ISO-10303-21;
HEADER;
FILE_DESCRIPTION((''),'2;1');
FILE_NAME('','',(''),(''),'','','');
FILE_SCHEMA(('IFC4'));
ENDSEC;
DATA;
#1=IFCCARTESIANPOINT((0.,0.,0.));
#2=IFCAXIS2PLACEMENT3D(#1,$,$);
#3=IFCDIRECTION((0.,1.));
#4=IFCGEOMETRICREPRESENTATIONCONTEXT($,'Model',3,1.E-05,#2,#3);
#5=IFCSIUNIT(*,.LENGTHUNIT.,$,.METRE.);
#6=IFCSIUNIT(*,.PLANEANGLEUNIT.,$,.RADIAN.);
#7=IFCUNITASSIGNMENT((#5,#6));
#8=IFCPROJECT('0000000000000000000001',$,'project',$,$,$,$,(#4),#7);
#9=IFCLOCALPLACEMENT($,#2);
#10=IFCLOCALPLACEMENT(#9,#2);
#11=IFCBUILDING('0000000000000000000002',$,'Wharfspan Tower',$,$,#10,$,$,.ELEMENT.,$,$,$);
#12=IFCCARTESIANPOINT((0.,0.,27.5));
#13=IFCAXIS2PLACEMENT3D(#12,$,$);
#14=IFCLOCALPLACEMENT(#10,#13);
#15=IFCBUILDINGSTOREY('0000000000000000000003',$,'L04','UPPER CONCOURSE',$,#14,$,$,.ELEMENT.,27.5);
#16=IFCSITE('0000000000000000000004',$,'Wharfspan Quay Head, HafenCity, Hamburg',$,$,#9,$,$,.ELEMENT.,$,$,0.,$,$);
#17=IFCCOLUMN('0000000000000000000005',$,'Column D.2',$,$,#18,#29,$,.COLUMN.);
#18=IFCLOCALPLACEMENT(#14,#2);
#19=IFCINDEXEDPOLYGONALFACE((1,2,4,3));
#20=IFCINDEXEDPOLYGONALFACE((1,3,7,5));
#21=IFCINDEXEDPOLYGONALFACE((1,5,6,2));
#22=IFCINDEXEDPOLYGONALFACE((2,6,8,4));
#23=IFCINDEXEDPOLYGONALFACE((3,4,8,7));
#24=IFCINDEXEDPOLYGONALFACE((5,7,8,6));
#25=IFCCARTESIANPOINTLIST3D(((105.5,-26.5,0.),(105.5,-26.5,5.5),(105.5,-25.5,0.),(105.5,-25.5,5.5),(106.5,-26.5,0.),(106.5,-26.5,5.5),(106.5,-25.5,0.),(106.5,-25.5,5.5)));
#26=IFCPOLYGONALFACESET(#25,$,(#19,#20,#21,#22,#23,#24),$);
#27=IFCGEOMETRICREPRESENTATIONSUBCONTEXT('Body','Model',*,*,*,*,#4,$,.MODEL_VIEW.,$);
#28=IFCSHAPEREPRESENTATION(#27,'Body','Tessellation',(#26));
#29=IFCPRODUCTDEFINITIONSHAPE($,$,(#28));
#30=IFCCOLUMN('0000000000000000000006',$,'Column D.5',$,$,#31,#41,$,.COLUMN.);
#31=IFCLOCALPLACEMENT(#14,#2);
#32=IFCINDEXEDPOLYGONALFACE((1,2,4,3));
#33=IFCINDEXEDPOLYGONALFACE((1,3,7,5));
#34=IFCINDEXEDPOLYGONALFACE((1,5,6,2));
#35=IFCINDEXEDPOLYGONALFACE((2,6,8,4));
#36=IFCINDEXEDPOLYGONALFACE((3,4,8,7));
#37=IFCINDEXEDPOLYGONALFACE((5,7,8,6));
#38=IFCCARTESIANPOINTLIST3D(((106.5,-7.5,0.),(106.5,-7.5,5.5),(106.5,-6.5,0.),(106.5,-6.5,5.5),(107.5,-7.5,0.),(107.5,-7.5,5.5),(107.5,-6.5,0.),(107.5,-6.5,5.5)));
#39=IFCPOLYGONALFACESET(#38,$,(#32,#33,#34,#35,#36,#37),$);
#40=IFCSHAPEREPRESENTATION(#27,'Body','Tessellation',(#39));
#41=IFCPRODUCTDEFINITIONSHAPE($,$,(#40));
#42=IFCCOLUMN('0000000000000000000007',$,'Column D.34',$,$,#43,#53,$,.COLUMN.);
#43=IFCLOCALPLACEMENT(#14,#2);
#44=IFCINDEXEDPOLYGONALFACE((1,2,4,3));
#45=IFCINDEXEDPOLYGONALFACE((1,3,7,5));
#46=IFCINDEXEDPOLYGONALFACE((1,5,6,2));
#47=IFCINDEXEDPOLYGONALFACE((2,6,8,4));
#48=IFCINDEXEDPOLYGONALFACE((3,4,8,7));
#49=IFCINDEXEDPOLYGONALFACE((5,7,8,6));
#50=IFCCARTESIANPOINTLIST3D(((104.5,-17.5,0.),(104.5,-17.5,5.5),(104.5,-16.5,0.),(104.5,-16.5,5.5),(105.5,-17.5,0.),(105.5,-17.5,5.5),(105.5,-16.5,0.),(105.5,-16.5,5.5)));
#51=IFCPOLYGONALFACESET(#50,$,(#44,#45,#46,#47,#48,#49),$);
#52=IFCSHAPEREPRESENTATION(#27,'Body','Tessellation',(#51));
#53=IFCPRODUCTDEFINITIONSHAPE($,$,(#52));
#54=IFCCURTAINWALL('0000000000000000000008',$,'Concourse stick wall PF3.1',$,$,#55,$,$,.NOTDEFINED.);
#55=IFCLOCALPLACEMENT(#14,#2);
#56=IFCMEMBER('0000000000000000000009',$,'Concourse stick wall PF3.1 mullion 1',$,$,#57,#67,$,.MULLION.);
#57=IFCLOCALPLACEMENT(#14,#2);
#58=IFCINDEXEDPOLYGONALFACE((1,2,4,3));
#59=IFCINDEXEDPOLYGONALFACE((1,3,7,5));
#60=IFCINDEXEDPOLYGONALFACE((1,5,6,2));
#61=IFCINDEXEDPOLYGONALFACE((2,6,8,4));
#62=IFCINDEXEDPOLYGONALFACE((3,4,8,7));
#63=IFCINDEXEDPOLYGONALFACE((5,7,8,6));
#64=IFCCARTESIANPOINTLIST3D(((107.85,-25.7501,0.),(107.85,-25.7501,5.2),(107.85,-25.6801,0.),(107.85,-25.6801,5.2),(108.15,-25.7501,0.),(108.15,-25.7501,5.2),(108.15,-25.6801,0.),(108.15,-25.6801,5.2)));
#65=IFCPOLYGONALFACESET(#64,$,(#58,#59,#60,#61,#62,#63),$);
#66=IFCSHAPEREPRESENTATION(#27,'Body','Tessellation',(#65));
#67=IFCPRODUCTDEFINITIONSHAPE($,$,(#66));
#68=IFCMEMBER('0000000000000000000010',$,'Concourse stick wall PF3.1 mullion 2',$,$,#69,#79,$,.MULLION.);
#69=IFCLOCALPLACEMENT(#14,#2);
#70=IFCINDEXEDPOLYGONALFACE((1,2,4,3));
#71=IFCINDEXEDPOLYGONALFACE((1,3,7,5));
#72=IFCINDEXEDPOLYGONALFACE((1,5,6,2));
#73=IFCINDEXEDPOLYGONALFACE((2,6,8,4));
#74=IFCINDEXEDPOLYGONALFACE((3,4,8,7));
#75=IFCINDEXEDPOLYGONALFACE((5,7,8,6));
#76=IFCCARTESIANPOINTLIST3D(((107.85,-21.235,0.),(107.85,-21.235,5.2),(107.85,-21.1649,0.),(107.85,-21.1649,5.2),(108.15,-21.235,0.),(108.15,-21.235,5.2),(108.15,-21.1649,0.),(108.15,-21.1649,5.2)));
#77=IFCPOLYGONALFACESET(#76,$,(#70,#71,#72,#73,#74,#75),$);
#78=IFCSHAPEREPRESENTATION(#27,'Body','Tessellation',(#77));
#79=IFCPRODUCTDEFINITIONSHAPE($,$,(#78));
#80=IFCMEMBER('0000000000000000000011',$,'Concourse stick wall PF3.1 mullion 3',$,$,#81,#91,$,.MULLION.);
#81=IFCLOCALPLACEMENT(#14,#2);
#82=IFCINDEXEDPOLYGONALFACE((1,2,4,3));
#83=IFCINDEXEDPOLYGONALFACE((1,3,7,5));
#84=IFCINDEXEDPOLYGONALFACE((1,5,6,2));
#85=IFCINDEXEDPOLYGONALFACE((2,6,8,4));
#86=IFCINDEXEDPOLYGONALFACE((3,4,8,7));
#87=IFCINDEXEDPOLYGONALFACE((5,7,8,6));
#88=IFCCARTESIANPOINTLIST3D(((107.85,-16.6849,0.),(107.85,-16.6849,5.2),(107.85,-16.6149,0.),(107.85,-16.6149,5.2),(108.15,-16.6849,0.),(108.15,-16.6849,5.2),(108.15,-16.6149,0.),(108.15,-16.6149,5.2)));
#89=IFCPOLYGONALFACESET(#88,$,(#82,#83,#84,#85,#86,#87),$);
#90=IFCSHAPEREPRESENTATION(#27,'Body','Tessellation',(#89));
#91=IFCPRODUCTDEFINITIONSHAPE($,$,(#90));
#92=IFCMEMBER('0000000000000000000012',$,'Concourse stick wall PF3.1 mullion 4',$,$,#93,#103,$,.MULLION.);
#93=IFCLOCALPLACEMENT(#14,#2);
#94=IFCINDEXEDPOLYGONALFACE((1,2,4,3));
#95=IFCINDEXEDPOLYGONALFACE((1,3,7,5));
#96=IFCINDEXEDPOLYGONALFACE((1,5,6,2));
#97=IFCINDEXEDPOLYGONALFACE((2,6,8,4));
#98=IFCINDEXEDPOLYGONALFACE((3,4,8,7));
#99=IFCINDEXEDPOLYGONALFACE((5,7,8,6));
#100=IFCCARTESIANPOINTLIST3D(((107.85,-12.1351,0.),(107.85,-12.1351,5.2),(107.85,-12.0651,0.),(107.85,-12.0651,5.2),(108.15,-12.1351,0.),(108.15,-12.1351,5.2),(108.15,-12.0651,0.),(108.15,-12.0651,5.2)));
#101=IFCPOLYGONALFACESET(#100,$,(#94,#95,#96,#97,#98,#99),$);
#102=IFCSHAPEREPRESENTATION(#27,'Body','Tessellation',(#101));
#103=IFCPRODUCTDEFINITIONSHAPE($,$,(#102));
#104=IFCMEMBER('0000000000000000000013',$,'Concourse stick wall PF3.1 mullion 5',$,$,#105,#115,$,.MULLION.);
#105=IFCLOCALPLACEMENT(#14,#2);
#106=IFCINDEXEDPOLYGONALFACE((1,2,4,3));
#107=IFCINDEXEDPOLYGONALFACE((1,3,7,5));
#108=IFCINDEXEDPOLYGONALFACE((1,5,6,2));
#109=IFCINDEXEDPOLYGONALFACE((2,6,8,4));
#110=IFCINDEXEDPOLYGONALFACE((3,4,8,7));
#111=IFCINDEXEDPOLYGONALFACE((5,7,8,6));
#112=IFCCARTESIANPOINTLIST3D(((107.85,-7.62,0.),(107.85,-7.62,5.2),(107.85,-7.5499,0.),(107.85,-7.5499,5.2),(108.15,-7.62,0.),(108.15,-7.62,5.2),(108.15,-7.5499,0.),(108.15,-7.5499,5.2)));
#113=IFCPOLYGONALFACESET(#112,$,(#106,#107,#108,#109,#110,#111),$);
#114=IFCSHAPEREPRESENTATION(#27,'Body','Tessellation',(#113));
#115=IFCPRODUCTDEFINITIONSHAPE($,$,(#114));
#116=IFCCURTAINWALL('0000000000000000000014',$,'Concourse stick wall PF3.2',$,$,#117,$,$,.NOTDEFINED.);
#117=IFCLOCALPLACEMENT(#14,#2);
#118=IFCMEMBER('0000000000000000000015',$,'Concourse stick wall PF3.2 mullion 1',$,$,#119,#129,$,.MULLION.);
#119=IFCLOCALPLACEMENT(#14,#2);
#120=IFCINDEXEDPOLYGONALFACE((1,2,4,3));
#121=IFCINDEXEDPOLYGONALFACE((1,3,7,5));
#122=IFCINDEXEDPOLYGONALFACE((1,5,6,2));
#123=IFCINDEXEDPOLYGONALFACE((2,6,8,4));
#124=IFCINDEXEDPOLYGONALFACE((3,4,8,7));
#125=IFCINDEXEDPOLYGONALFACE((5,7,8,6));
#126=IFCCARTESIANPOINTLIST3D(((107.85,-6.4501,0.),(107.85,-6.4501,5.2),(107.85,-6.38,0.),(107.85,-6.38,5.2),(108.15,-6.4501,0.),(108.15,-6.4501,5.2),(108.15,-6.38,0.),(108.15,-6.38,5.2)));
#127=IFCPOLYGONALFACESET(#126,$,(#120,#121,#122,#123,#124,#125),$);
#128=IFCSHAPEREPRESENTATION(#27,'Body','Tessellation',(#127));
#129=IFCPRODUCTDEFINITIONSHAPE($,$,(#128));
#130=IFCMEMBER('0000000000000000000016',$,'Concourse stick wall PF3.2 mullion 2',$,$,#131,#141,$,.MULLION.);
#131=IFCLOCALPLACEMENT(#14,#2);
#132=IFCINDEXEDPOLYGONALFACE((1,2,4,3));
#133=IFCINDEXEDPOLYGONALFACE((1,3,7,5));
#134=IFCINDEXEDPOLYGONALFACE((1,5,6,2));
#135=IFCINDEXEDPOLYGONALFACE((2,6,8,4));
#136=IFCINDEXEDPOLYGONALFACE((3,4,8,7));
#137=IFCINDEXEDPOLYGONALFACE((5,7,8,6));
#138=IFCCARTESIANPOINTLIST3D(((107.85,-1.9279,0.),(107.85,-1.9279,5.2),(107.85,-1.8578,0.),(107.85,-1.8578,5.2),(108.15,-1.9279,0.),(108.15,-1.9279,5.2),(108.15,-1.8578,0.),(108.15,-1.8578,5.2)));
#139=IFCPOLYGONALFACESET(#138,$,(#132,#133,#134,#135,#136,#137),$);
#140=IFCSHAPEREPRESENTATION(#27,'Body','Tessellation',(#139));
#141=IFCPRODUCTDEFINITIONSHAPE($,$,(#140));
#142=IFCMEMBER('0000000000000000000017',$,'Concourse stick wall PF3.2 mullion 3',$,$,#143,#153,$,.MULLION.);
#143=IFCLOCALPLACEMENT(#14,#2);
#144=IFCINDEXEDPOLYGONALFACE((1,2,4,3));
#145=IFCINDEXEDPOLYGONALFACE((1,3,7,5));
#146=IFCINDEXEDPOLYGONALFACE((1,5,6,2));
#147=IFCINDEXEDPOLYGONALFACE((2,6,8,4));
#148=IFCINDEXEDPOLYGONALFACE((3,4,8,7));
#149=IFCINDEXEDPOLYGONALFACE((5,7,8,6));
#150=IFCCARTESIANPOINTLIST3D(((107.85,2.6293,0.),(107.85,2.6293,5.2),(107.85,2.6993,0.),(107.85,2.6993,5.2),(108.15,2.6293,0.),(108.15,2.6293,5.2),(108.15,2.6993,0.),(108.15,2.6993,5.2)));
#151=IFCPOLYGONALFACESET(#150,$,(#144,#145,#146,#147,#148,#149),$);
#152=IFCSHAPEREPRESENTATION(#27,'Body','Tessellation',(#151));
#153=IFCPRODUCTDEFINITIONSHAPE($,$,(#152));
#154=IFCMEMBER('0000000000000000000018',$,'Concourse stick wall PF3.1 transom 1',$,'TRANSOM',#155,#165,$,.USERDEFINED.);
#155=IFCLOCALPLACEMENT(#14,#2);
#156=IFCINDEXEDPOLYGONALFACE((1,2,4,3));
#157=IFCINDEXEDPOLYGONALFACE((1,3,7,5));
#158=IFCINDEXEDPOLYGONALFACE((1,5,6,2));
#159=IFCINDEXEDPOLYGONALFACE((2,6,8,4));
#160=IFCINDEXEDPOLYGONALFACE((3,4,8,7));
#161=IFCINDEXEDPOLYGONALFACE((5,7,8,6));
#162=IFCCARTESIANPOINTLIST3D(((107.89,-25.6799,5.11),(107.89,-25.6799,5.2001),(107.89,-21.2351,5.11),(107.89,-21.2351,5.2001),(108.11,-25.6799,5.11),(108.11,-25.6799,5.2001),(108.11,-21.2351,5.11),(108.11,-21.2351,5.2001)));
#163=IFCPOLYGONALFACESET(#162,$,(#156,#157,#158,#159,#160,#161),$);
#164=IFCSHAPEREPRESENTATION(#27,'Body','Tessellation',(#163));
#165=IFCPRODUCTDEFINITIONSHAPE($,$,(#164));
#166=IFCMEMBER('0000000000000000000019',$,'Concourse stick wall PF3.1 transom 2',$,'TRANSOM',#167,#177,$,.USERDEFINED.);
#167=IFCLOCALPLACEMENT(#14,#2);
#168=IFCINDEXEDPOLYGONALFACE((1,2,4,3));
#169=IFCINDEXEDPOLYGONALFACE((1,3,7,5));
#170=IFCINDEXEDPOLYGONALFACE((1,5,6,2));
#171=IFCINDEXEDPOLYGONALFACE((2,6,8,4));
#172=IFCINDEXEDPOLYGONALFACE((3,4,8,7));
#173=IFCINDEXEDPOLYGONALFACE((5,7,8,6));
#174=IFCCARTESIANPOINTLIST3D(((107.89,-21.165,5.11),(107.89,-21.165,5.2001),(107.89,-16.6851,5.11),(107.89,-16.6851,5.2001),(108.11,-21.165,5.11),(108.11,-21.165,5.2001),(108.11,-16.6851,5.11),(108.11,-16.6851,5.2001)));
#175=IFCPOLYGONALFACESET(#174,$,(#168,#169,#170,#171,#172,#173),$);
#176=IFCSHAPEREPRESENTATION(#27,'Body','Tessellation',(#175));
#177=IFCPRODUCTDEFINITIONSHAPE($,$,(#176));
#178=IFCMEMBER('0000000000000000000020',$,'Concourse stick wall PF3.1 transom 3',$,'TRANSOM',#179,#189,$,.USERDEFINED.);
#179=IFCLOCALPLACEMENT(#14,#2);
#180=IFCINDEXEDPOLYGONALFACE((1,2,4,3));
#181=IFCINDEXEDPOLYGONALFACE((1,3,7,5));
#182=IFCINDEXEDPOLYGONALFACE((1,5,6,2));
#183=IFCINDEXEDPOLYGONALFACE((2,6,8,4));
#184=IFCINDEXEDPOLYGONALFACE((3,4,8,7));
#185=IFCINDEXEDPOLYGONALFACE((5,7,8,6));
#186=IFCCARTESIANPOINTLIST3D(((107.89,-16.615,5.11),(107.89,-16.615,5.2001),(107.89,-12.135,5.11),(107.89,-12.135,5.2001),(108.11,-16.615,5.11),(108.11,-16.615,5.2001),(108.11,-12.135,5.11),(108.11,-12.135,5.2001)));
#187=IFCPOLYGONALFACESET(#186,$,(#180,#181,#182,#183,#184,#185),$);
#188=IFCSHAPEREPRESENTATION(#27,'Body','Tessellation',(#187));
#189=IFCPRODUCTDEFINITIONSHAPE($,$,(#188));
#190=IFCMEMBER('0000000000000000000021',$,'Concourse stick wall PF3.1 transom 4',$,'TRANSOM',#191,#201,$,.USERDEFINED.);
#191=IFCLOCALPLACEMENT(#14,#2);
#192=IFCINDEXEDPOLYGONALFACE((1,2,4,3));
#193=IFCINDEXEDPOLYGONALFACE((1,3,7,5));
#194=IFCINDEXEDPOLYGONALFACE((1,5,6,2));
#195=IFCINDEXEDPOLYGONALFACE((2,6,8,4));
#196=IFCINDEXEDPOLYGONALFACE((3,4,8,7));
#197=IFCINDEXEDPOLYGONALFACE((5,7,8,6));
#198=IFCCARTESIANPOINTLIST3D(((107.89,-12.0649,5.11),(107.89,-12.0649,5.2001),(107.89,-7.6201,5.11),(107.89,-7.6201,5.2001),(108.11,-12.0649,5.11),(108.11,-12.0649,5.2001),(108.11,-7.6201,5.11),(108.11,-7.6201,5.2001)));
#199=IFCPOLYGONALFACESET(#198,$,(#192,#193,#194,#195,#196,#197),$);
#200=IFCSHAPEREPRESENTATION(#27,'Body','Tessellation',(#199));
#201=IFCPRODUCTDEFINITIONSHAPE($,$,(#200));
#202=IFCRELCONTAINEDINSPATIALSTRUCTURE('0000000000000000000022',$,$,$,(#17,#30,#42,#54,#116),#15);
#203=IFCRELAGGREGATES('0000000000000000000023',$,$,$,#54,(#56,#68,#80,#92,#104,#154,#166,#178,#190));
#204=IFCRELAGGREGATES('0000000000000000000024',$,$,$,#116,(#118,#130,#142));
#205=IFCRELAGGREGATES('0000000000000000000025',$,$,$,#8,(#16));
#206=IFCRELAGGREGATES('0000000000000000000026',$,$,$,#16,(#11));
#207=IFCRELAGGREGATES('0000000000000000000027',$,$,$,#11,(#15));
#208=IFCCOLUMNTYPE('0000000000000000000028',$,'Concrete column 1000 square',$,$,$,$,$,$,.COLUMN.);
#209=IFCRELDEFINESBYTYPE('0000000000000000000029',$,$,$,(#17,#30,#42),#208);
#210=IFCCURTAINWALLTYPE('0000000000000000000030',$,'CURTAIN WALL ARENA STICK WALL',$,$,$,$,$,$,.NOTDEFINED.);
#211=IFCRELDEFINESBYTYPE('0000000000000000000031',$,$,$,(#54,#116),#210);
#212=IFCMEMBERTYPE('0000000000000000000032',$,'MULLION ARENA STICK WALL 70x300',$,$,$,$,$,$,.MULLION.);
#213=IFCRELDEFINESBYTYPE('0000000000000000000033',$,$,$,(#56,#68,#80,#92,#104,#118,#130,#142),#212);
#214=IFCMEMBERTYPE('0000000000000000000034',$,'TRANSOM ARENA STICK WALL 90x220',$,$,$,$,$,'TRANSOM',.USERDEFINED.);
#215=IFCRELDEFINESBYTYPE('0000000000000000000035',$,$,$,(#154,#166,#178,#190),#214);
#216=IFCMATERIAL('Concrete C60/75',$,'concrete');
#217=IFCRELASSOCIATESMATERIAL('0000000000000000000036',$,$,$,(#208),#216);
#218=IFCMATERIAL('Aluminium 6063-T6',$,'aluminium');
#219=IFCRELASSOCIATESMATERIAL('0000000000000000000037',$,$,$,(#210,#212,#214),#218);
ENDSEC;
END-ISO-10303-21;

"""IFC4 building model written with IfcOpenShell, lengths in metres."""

from ifc_helpers import new_model, si_unit, direction, frame, origin, origin_2d, place, context, subcontext, project, spatial, rectangle, extrude, material, material_profile, profile_set, type_object, element, aggregate, save


model = new_model("IFC4")

# Units and contexts
model_context = context("Model", 3, precision=1e-05, world=origin(), true_north=direction((0.0, 1.0)))
body_context = subcontext(model_context, "Body", "Model", "MODEL_VIEW")
ifc_project = project(units=[si_unit("LENGTHUNIT", "METRE"), si_unit("PLANEANGLEUNIT", "RADIAN")], contexts=[model_context])

# Site, building, storey
site_placement = place(None, origin())
site = spatial("IfcSite", under=ifc_project, at=site_placement, Name="Wharfspan Quay Head, HafenCity, Hamburg", CompositionType="ELEMENT", RefElevation=0.0)
building_placement = place(site_placement, origin())
building = spatial("IfcBuilding", under=site, at=building_placement, Name="Wharfspan Tower", CompositionType="ELEMENT")
storey_placement = place(building_placement, frame((0.0, 0.0, 27.5)))
storey = spatial("IfcBuildingStorey", under=building, at=storey_placement, Name="L04", Description="UPPER CONCOURSE", CompositionType="ELEMENT", Elevation=27.5)

# Columns
ifc_material_1 = material(Name="Concrete C60/75", Category="concrete")
ifc_material_profile_1 = material_profile(ifc_material_1, rectangle(XDim=1.0, YDim=1.0, at=origin_2d()))
ifc_profile_set_1 = profile_set([ifc_material_profile_1], Name="Concrete C60/75")
column_type = type_object("IfcColumnType", Name="Concrete column 1000 square", PredefinedType="COLUMN", material=ifc_profile_set_1)
for number, where, z_axis, x_axis, name in (
    (1, (106.0, -26.0, 0.0), (0.0, 0.0, 1.0), (1.0, 0.0, 0.0), "Column D.2"),
    (2, (107.0, -7.0, 0.0), (0.0, 0.0, 1.0), (1.0, 0.0, 0.0), "Column D.5"),
    (3, (105.0, -17.0, 0.0), (0.0, 0.0, 1.0), (1.0, 0.0, 0.0), "Column D.34"),
):
    element("IfcColumn", number, at=place(storey_placement, frame(where, z_axis=z_axis, x_axis=x_axis)), inside=storey, type_object=column_type, Name=name, PredefinedType="COLUMN", context=body_context, shape_type="SweptSolid", body=[
        extrude(rectangle(XDim=1.0, YDim=1.0, at=origin_2d()), origin(), (0.0, 0.0, 1.0), 5.5),
    ])

# Curtain walls, members
ifc_material_2 = material(Name="Aluminium 6063-T6", Category="aluminium")
curtain_wall_type = type_object("IfcCurtainWallType", Name="CURTAIN WALL ARENA STICK WALL", PredefinedType="NOTDEFINED", material=ifc_material_2)
curtain_wall_1_placement = place(storey_placement, origin())
curtain_wall_1 = element("IfcCurtainWall", 4, at=curtain_wall_1_placement, inside=storey, type_object=curtain_wall_type, Name="Concourse stick wall PF3.1", PredefinedType="NOTDEFINED")
ifc_material_profile_2 = material_profile(ifc_material_2, rectangle(XDim=0.3, YDim=0.0701, at=origin_2d()))
ifc_profile_set_2 = profile_set([ifc_material_profile_2], Name="Aluminium 6063-T6")
member_type_1 = type_object("IfcMemberType", Name="MULLION ARENA STICK WALL 70x300", PredefinedType="MULLION", material=ifc_profile_set_2)
member_1_placement = place(storey_placement, frame((108.0, -25.7151, 0.0), z_axis=(0.0, 0.0, 1.0), x_axis=(-1.0, 0.0, 0.0)))
member_1 = element("IfcMember", 5, at=member_1_placement, type_object=member_type_1, Name="Concourse stick wall PF3.1 mullion 1", PredefinedType="MULLION", context=body_context, shape_type="SweptSolid", body=[
    extrude(rectangle(XDim=0.3, YDim=0.0701, at=origin_2d()), origin(), (0.0, 0.0, 1.0), 5.2),
])
member_2_placement = place(storey_placement, frame((108.0, -21.2, 0.0), z_axis=(0.0, 0.0, 1.0), x_axis=(-1.0, 0.0, 0.0)))
member_2 = element("IfcMember", 6, at=member_2_placement, type_object=member_type_1, Name="Concourse stick wall PF3.1 mullion 2", PredefinedType="MULLION", context=body_context, shape_type="SweptSolid", body=[
    extrude(rectangle(XDim=0.3, YDim=0.0701, at=origin_2d()), origin(), (0.0, 0.0, 1.0), 5.2),
])
member_3_placement = place(storey_placement, frame((108.0, -16.6499, 0.0), z_axis=(0.0, 0.0, 1.0), x_axis=(-1.0, 0.0, 0.0)))
member_3 = element("IfcMember", 7, at=member_3_placement, type_object=member_type_1, Name="Concourse stick wall PF3.1 mullion 3", PredefinedType="MULLION", context=body_context, shape_type="SweptSolid", body=[
    extrude(rectangle(XDim=0.3, YDim=0.0701, at=origin_2d()), origin(), (0.0, 0.0, 1.0), 5.2),
])
member_4_placement = place(storey_placement, frame((108.0, -12.1001, 0.0), z_axis=(0.0, 0.0, 1.0), x_axis=(-1.0, 0.0, 0.0)))
member_4 = element("IfcMember", 8, at=member_4_placement, type_object=member_type_1, Name="Concourse stick wall PF3.1 mullion 4", PredefinedType="MULLION", context=body_context, shape_type="SweptSolid", body=[
    extrude(rectangle(XDim=0.3, YDim=0.0701, at=origin_2d()), origin(), (0.0, 0.0, 1.0), 5.2),
])
member_5_placement = place(storey_placement, frame((108.0, -7.585, 0.0), z_axis=(0.0, 0.0, 1.0), x_axis=(-1.0, 0.0, 0.0)))
member_5 = element("IfcMember", 9, at=member_5_placement, type_object=member_type_1, Name="Concourse stick wall PF3.1 mullion 5", PredefinedType="MULLION", context=body_context, shape_type="SweptSolid", body=[
    extrude(rectangle(XDim=0.3, YDim=0.0701, at=origin_2d()), origin(), (0.0, 0.0, 1.0), 5.2),
])
curtain_wall_2_placement = place(storey_placement, origin())
curtain_wall_2 = element("IfcCurtainWall", 10, at=curtain_wall_2_placement, inside=storey, type_object=curtain_wall_type, Name="Concourse stick wall PF3.2", PredefinedType="NOTDEFINED")
member_6_placement = place(storey_placement, frame((108.0, -6.415, 0.0), z_axis=(0.0, 0.0, 1.0), x_axis=(-1.0, 0.0, 0.0)))
member_6 = element("IfcMember", 11, at=member_6_placement, type_object=member_type_1, Name="Concourse stick wall PF3.2 mullion 1", PredefinedType="MULLION", context=body_context, shape_type="SweptSolid", body=[
    extrude(rectangle(XDim=0.3, YDim=0.0701, at=origin_2d()), origin(), (0.0, 0.0, 1.0), 5.2),
])
member_7_placement = place(storey_placement, frame((108.0, -1.8928, 0.0), z_axis=(0.0, 0.0, 1.0), x_axis=(-1.0, 0.0, 0.0)))
member_7 = element("IfcMember", 12, at=member_7_placement, type_object=member_type_1, Name="Concourse stick wall PF3.2 mullion 2", PredefinedType="MULLION", context=body_context, shape_type="SweptSolid", body=[
    extrude(rectangle(XDim=0.3, YDim=0.0701, at=origin_2d()), origin(), (0.0, 0.0, 1.0), 5.2),
])
member_8_placement = place(storey_placement, frame((108.0, 2.6643, 0.0), z_axis=(0.0, 0.0, 1.0), x_axis=(-1.0, 0.0, 0.0)))
member_8 = element("IfcMember", 13, at=member_8_placement, type_object=member_type_1, Name="Concourse stick wall PF3.2 mullion 3", PredefinedType="MULLION", context=body_context, shape_type="SweptSolid", body=[
    extrude(rectangle(XDim=0.3, YDim=0.0701, at=origin_2d()), origin(), (0.0, 0.0, 1.0), 5.2),
])

# Members
ifc_material_profile_3 = material_profile(ifc_material_2, rectangle(XDim=0.22, YDim=0.0901, at=origin_2d()))
ifc_profile_set_3 = profile_set([ifc_material_profile_3], Name="Aluminium 6063-T6")
member_type_2 = type_object("IfcMemberType", Name="TRANSOM ARENA STICK WALL 90x220", ElementType="TRANSOM", PredefinedType="USERDEFINED", material=ifc_profile_set_3)
member_9_placement = place(storey_placement, frame((108.0, -25.6799, 5.155), z_axis=(0.0, 1.0, 0.0), x_axis=(-1.0, 0.0, 0.0)))
member_9 = element("IfcMember", 14, at=member_9_placement, type_object=member_type_2, Name="Concourse stick wall PF3.1 transom 1", ObjectType="TRANSOM", PredefinedType="USERDEFINED", context=body_context, shape_type="SweptSolid", body=[
    extrude(rectangle(XDim=0.22, YDim=0.0901, at=origin_2d()), origin(), (0.0, 0.0, 1.0), 4.4448),
])
member_10_placement = place(storey_placement, frame((108.0, -21.165, 5.155), z_axis=(0.0, 1.0, 0.0), x_axis=(-1.0, 0.0, 0.0)))
member_10 = element("IfcMember", 15, at=member_10_placement, type_object=member_type_2, Name="Concourse stick wall PF3.1 transom 2", ObjectType="TRANSOM", PredefinedType="USERDEFINED", context=body_context, shape_type="SweptSolid", body=[
    extrude(rectangle(XDim=0.22, YDim=0.0901, at=origin_2d()), origin(), (0.0, 0.0, 1.0), 4.48),
])
member_11_placement = place(storey_placement, frame((108.0, -16.615, 5.155), z_axis=(0.0, 1.0, 0.0), x_axis=(-1.0, 0.0, 0.0)))
member_11 = element("IfcMember", 16, at=member_11_placement, type_object=member_type_2, Name="Concourse stick wall PF3.1 transom 3", ObjectType="TRANSOM", PredefinedType="USERDEFINED", context=body_context, shape_type="SweptSolid", body=[
    extrude(rectangle(XDim=0.22, YDim=0.0901, at=origin_2d()), origin(), (0.0, 0.0, 1.0), 4.48),
])
member_12_placement = place(storey_placement, frame((108.0, -12.0649, 5.155), z_axis=(0.0, 1.0, 0.0), x_axis=(-1.0, 0.0, 0.0)))
member_12 = element("IfcMember", 17, at=member_12_placement, type_object=member_type_2, Name="Concourse stick wall PF3.1 transom 4", ObjectType="TRANSOM", PredefinedType="USERDEFINED", context=body_context, shape_type="SweptSolid", body=[
    extrude(rectangle(XDim=0.22, YDim=0.0901, at=origin_2d()), origin(), (0.0, 0.0, 1.0), 4.4448),
])

aggregate(curtain_wall_1, [member_1, member_2, member_3, member_4, member_5, member_9, member_10, member_11, member_12])
aggregate(curtain_wall_2, [member_6, member_7, member_8])

save(model, "model.ifc")
